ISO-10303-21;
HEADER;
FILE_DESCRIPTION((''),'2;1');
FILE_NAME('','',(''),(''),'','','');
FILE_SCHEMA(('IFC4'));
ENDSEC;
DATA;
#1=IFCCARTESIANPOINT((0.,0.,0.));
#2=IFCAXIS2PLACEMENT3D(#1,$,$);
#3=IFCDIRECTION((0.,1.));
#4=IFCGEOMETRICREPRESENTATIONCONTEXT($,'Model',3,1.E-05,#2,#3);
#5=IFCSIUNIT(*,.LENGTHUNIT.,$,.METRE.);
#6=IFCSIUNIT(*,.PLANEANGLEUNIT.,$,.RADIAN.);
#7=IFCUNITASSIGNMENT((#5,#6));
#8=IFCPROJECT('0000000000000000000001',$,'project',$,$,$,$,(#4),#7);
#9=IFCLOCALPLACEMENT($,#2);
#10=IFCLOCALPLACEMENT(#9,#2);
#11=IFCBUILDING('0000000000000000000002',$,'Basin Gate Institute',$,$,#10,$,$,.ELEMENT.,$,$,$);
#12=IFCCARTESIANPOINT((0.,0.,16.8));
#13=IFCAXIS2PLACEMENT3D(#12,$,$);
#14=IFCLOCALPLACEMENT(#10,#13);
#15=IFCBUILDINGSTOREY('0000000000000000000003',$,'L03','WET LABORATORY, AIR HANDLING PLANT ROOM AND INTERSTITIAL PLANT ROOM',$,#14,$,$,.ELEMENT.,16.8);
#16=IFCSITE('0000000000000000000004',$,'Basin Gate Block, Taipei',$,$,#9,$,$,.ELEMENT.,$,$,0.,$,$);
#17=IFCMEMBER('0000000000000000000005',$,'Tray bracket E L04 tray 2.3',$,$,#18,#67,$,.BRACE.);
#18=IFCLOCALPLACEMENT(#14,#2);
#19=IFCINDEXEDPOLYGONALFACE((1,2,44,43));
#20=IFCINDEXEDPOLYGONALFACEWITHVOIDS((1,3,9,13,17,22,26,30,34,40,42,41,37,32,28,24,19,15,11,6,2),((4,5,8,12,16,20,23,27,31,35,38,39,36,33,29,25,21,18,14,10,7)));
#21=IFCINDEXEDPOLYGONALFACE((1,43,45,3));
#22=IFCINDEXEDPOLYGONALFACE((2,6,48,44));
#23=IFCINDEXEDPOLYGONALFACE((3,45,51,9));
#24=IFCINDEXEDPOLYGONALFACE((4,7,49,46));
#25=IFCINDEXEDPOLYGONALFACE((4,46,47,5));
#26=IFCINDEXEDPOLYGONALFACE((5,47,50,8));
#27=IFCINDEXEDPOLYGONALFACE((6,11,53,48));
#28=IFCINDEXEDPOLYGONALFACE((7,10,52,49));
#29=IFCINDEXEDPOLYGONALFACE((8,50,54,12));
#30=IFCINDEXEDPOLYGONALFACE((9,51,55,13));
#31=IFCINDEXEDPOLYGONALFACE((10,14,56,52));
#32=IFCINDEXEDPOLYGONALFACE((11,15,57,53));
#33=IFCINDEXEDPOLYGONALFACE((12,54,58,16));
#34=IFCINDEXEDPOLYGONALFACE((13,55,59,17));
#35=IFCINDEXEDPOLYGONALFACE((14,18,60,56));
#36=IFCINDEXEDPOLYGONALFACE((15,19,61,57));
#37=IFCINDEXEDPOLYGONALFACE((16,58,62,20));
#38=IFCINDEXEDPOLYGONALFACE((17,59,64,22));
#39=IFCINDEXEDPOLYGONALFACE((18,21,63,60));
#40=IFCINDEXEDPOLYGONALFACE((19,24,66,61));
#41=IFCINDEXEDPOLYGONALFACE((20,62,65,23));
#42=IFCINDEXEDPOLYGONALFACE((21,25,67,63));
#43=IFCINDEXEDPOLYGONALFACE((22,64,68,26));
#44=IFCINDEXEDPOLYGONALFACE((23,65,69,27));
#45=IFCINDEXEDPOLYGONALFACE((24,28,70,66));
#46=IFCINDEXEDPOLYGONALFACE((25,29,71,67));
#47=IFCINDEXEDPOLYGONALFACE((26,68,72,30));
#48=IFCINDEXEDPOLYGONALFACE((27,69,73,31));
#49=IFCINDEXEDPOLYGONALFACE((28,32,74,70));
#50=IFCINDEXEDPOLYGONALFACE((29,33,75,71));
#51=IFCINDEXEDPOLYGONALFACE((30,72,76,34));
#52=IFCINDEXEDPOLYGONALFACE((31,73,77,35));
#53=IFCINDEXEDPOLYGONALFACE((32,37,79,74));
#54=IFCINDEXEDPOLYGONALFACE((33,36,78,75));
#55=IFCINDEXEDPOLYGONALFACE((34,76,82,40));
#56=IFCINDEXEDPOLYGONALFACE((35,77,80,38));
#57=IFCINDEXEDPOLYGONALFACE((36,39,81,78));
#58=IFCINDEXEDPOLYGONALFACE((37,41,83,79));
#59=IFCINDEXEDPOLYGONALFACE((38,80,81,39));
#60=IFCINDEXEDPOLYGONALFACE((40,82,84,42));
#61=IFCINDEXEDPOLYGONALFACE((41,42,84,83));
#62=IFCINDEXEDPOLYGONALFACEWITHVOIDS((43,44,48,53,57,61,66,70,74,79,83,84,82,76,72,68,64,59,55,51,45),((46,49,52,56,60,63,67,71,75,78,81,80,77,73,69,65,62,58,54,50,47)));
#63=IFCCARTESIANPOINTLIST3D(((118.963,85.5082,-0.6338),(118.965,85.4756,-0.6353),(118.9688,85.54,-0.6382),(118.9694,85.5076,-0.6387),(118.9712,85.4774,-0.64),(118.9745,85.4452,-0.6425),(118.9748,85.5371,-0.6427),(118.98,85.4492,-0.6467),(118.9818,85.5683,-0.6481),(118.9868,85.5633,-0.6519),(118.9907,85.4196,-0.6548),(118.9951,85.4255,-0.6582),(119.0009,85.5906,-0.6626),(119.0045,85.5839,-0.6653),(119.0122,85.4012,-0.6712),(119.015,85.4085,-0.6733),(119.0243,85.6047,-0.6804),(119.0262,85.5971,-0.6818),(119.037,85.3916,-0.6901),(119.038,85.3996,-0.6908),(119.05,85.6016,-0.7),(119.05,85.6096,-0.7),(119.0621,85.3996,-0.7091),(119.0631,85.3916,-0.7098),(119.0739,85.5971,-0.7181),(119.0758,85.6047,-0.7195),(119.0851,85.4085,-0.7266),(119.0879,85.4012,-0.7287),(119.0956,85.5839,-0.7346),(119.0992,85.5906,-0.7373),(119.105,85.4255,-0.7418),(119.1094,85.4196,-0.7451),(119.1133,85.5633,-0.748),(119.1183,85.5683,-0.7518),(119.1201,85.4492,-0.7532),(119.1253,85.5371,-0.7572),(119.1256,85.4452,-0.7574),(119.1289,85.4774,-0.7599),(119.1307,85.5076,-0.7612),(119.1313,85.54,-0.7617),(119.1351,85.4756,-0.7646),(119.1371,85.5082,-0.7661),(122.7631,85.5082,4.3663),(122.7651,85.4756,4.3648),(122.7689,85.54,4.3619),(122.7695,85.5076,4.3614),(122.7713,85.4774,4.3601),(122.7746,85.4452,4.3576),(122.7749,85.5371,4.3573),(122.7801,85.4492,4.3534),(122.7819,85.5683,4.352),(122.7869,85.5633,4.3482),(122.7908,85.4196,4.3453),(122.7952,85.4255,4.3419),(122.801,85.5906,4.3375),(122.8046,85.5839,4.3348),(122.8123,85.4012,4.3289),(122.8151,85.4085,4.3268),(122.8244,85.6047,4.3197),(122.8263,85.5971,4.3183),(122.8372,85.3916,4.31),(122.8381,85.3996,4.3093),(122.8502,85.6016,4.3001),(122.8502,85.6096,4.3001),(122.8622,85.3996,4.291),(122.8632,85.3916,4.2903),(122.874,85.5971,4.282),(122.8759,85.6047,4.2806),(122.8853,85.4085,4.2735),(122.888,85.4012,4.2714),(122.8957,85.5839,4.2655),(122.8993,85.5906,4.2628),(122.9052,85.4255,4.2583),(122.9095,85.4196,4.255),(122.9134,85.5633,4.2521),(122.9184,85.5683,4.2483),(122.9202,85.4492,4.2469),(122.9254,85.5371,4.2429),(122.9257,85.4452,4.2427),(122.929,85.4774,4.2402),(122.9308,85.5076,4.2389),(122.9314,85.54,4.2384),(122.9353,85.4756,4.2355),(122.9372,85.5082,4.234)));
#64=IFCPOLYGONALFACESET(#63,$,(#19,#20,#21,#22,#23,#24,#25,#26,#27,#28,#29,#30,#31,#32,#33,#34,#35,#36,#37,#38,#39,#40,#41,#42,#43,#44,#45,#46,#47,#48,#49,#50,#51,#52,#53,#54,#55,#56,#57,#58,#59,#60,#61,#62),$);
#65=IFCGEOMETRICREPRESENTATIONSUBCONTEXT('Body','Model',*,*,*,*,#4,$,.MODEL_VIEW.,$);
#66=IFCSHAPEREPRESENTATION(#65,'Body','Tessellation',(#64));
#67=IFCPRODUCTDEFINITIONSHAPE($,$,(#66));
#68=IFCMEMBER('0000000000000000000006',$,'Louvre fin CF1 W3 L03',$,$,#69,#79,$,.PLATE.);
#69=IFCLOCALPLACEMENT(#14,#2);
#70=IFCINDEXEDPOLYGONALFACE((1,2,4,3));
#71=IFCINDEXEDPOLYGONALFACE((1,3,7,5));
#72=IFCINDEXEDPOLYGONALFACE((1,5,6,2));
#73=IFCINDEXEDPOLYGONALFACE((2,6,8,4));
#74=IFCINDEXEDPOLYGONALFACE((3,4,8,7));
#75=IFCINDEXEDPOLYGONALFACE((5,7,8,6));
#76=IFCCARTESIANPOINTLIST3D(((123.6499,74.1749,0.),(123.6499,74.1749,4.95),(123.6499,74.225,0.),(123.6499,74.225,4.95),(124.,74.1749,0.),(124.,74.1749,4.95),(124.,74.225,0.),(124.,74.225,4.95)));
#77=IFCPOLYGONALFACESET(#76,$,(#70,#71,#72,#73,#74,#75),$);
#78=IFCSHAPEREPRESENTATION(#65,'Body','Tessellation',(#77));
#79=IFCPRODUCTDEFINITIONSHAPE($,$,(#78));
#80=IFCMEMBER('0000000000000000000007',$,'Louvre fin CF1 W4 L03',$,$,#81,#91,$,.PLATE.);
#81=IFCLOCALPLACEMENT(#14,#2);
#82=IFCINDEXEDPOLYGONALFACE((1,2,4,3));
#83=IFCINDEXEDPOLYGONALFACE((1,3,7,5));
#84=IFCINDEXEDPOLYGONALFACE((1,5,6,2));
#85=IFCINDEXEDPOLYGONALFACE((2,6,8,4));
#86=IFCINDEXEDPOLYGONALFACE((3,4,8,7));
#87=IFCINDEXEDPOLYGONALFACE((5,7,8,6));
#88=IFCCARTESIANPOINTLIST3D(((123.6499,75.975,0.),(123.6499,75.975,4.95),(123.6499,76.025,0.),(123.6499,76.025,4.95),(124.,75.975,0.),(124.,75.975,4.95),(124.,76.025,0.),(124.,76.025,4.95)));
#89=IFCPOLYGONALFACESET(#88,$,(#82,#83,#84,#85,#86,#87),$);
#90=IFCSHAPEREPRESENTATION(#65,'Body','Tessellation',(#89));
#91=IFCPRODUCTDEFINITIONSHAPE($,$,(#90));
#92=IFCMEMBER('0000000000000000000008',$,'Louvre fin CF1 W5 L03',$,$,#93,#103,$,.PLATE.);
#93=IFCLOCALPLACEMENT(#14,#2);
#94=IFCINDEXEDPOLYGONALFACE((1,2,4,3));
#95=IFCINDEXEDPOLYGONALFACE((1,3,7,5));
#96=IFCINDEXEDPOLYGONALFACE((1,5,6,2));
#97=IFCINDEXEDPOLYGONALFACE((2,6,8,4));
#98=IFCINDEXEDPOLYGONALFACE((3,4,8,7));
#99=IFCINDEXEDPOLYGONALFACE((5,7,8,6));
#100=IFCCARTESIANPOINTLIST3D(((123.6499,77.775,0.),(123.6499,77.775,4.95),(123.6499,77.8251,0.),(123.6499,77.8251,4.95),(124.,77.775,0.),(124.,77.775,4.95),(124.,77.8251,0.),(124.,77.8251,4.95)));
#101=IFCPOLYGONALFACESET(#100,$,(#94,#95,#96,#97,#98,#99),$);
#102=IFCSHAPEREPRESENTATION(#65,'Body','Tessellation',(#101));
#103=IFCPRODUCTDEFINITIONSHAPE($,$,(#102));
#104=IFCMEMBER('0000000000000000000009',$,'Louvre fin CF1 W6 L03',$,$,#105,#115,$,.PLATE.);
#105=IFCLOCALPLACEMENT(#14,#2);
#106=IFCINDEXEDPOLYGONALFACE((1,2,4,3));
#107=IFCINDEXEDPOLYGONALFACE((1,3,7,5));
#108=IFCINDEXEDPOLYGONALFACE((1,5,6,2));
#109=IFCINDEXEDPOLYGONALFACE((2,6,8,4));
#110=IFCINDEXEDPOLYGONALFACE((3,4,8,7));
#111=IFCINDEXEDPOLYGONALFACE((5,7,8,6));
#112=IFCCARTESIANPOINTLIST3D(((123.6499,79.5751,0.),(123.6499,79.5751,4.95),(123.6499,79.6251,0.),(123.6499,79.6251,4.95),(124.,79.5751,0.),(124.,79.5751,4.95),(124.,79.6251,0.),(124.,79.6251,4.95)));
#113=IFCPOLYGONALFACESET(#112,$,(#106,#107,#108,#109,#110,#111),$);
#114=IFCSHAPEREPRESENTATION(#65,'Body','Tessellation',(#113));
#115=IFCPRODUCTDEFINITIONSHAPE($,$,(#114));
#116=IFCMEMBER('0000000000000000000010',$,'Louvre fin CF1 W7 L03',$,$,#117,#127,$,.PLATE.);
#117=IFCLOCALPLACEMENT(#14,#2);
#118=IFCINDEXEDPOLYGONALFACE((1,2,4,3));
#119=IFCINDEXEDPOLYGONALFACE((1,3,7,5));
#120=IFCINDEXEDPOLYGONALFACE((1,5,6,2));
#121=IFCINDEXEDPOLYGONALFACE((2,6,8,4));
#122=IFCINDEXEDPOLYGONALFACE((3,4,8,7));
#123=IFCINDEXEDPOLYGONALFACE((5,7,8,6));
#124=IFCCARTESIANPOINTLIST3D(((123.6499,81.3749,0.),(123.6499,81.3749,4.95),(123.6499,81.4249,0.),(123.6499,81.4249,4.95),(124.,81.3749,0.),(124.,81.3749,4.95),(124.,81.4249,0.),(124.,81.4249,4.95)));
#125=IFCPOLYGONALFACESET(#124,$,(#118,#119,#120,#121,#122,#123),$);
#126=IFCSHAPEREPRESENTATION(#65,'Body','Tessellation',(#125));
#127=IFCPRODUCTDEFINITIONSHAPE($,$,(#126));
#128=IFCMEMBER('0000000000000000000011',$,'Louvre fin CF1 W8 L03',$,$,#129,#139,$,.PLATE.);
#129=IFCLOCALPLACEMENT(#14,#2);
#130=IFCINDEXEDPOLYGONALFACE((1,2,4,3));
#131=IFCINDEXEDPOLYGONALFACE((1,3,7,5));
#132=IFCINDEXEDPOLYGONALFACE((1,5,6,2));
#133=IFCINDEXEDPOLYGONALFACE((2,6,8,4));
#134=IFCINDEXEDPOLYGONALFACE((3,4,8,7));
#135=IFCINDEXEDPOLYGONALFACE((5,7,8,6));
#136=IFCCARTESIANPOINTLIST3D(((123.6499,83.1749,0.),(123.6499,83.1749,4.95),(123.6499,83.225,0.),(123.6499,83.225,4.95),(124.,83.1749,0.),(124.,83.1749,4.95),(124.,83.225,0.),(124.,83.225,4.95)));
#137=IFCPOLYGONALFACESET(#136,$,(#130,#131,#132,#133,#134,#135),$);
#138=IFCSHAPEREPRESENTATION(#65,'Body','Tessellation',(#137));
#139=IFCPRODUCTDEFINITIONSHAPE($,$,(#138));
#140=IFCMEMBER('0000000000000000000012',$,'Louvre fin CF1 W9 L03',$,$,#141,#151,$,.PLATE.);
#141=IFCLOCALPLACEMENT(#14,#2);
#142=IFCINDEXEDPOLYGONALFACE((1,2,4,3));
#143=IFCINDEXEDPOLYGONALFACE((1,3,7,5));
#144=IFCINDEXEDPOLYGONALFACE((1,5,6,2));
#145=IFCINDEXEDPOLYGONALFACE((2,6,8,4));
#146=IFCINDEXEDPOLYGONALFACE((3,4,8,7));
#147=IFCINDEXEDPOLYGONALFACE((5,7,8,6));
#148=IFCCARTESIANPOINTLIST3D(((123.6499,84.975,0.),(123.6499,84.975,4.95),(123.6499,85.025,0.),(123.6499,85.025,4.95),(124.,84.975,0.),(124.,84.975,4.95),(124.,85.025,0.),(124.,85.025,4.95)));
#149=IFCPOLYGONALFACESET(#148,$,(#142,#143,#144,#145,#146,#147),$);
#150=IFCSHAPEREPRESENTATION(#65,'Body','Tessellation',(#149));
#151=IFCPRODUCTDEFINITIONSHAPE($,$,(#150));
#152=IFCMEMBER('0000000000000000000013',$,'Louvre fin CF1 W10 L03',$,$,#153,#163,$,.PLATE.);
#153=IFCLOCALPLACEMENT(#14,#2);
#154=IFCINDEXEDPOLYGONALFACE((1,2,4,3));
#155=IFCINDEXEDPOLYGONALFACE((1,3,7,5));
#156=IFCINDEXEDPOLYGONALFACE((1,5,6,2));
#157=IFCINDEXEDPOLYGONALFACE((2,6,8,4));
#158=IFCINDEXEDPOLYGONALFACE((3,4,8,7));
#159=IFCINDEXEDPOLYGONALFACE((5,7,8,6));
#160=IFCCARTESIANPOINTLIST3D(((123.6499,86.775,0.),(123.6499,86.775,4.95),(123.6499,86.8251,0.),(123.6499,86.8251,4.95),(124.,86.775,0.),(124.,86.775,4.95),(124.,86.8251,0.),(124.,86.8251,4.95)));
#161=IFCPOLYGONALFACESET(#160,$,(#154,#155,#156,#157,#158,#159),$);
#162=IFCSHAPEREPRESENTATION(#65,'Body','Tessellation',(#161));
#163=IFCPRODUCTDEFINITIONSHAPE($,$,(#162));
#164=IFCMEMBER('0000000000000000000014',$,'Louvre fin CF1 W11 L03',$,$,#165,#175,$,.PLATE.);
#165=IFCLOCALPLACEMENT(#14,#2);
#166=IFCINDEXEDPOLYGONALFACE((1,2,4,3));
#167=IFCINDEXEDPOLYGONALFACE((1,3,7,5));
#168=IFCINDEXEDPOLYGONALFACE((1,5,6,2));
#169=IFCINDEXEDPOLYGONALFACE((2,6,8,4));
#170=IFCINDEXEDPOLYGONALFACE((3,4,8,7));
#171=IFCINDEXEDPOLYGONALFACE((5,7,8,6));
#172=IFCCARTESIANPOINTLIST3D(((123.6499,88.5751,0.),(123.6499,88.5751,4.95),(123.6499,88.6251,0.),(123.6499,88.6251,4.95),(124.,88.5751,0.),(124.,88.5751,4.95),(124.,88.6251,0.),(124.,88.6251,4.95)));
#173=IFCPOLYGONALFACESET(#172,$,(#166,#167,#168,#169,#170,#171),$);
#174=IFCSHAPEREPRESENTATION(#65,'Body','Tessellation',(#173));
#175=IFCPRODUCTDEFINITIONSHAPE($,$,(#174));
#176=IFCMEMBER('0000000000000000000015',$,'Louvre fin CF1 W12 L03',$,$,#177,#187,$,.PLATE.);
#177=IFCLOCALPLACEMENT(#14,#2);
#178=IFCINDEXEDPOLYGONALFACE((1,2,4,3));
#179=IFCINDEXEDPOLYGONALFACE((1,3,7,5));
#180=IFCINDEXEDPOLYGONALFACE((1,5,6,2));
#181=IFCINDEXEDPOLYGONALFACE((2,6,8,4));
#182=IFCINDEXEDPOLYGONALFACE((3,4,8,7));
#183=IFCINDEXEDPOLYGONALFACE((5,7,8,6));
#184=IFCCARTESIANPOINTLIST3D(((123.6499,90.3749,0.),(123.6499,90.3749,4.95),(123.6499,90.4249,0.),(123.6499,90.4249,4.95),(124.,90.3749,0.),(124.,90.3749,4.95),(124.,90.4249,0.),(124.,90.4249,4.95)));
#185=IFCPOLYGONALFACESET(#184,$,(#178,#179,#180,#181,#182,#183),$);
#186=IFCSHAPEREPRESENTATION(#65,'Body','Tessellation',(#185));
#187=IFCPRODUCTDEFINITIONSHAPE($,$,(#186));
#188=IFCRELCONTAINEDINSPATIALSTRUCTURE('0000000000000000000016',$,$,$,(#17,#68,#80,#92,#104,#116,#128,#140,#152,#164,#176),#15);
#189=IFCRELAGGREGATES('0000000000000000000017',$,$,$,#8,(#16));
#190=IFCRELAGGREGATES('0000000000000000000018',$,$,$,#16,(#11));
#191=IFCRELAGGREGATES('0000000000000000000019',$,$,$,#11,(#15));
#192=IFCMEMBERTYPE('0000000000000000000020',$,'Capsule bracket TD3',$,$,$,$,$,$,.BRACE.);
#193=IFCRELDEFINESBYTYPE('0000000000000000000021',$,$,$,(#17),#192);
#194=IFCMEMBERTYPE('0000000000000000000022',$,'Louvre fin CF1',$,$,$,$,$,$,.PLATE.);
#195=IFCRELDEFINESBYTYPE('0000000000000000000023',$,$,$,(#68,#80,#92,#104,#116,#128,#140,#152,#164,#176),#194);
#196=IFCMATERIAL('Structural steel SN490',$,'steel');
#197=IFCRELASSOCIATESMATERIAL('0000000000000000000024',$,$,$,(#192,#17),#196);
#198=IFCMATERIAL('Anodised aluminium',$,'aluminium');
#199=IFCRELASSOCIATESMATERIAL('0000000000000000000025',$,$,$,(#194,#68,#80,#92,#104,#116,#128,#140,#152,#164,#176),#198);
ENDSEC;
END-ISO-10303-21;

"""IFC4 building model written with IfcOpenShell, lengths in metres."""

from ifc_helpers import new_model, si_unit, direction, frame, origin, origin_2d, place, context, subcontext, project, spatial, rectangle, hollow_circle, extrude, material, material_profile, profile_set, type_object, element, save


model = new_model("IFC4")

# Units and contexts
model_context = context("Model", 3, precision=1e-05, world=origin(), true_north=direction((0.0, 1.0)))
body_context = subcontext(model_context, "Body", "Model", "MODEL_VIEW")
ifc_project = project(units=[si_unit("LENGTHUNIT", "METRE"), si_unit("PLANEANGLEUNIT", "RADIAN")], contexts=[model_context])

# Site, building, storey
site_placement = place(None, origin())
site = spatial("IfcSite", under=ifc_project, at=site_placement, Name="Basin Gate Block, Taipei", CompositionType="ELEMENT", RefElevation=0.0)
building_placement = place(site_placement, origin())
building = spatial("IfcBuilding", under=site, at=building_placement, Name="Basin Gate Institute", CompositionType="ELEMENT")
storey_placement = place(building_placement, frame((0.0, 0.0, 16.8)))
storey = spatial("IfcBuildingStorey", under=building, at=storey_placement, Name="L03", Description="WET LABORATORY, AIR HANDLING PLANT ROOM AND INTERSTITIAL PLANT ROOM", CompositionType="ELEMENT", Elevation=16.8)

# Members
ifc_material_1 = material(Name="Structural steel SN490", Category="steel")
ifc_material_profile_1 = material_profile(ifc_material_1, hollow_circle(Radius=0.1096, WallThickness=0.0081, at=origin_2d()), Name="CHS219x8")
ifc_profile_set_1 = profile_set([ifc_material_profile_1], Name="Structural steel SN490")
member_type_1 = type_object("IfcMemberType", Name="Capsule bracket TD3", PredefinedType="BRACE", material=ifc_profile_set_1)
for number, where, z_axis, x_axis, name in (
    (1, (119.05, 85.5, -0.7), (0.605088, 0.0, 0.796158), (0.0, 1.0, 0.0), "Tray bracket E L04 tray 2.3"),
):
    element("IfcMember", number, at=place(storey_placement, frame(where, z_axis=z_axis, x_axis=x_axis)), inside=storey, type_object=member_type_1, material=ifc_profile_set_1, Name=name, PredefinedType="BRACE", context=body_context, shape_type="SweptSolid", body=[
        extrude(hollow_circle(Radius=0.1096, WallThickness=0.0081, at=origin_2d()), origin(), (0.0, 0.0, 1.0), 6.2803),
    ])
ifc_material_2 = material(Name="Anodised aluminium", Category="aluminium")
ifc_material_profile_2 = material_profile(ifc_material_2, rectangle(XDim=0.05, YDim=0.3501, at=origin_2d()), Name="Louvre fin CF1 50 x 350")
ifc_profile_set_2 = profile_set([ifc_material_profile_2], Name="Anodised aluminium")
member_type_2 = type_object("IfcMemberType", Name="Louvre fin CF1", PredefinedType="PLATE", material=ifc_profile_set_2)
for number, where, z_axis, x_axis, name in (
    (2, (123.825, 74.2, 0.0), (0.0, 0.0, 1.0), (0.0, 1.0, 0.0), "Louvre fin CF1 W3 L03"),
    (3, (123.825, 76.0, 0.0), (0.0, 0.0, 1.0), (0.0, 1.0, 0.0), "Louvre fin CF1 W4 L03"),
    (4, (123.825, 77.8, 0.0), (0.0, 0.0, 1.0), (0.0, 1.0, 0.0), "Louvre fin CF1 W5 L03"),
    (5, (123.825, 79.6001, 0.0), (0.0, 0.0, 1.0), (0.0, 1.0, 0.0), "Louvre fin CF1 W6 L03"),
    (6, (123.825, 81.3999, 0.0), (0.0, 0.0, 1.0), (0.0, 1.0, 0.0), "Louvre fin CF1 W7 L03"),
    (7, (123.825, 83.2, 0.0), (0.0, 0.0, 1.0), (0.0, 1.0, 0.0), "Louvre fin CF1 W8 L03"),
    (8, (123.825, 85.0, 0.0), (0.0, 0.0, 1.0), (0.0, 1.0, 0.0), "Louvre fin CF1 W9 L03"),
    (9, (123.825, 86.8, 0.0), (0.0, 0.0, 1.0), (0.0, 1.0, 0.0), "Louvre fin CF1 W10 L03"),
    (10, (123.825, 88.6001, 0.0), (0.0, 0.0, 1.0), (0.0, 1.0, 0.0), "Louvre fin CF1 W11 L03"),
    (11, (123.825, 90.3999, 0.0), (0.0, 0.0, 1.0), (0.0, 1.0, 0.0), "Louvre fin CF1 W12 L03"),
):
    element("IfcMember", number, at=place(storey_placement, frame(where, z_axis=z_axis, x_axis=x_axis)), inside=storey, type_object=member_type_2, material=ifc_profile_set_2, Name=name, PredefinedType="PLATE", context=body_context, shape_type="SweptSolid", body=[
        extrude(rectangle(XDim=0.05, YDim=0.3501, at=origin_2d()), origin(), (0.0, 0.0, 1.0), 4.95),
    ])

save(model, "model.ifc")
